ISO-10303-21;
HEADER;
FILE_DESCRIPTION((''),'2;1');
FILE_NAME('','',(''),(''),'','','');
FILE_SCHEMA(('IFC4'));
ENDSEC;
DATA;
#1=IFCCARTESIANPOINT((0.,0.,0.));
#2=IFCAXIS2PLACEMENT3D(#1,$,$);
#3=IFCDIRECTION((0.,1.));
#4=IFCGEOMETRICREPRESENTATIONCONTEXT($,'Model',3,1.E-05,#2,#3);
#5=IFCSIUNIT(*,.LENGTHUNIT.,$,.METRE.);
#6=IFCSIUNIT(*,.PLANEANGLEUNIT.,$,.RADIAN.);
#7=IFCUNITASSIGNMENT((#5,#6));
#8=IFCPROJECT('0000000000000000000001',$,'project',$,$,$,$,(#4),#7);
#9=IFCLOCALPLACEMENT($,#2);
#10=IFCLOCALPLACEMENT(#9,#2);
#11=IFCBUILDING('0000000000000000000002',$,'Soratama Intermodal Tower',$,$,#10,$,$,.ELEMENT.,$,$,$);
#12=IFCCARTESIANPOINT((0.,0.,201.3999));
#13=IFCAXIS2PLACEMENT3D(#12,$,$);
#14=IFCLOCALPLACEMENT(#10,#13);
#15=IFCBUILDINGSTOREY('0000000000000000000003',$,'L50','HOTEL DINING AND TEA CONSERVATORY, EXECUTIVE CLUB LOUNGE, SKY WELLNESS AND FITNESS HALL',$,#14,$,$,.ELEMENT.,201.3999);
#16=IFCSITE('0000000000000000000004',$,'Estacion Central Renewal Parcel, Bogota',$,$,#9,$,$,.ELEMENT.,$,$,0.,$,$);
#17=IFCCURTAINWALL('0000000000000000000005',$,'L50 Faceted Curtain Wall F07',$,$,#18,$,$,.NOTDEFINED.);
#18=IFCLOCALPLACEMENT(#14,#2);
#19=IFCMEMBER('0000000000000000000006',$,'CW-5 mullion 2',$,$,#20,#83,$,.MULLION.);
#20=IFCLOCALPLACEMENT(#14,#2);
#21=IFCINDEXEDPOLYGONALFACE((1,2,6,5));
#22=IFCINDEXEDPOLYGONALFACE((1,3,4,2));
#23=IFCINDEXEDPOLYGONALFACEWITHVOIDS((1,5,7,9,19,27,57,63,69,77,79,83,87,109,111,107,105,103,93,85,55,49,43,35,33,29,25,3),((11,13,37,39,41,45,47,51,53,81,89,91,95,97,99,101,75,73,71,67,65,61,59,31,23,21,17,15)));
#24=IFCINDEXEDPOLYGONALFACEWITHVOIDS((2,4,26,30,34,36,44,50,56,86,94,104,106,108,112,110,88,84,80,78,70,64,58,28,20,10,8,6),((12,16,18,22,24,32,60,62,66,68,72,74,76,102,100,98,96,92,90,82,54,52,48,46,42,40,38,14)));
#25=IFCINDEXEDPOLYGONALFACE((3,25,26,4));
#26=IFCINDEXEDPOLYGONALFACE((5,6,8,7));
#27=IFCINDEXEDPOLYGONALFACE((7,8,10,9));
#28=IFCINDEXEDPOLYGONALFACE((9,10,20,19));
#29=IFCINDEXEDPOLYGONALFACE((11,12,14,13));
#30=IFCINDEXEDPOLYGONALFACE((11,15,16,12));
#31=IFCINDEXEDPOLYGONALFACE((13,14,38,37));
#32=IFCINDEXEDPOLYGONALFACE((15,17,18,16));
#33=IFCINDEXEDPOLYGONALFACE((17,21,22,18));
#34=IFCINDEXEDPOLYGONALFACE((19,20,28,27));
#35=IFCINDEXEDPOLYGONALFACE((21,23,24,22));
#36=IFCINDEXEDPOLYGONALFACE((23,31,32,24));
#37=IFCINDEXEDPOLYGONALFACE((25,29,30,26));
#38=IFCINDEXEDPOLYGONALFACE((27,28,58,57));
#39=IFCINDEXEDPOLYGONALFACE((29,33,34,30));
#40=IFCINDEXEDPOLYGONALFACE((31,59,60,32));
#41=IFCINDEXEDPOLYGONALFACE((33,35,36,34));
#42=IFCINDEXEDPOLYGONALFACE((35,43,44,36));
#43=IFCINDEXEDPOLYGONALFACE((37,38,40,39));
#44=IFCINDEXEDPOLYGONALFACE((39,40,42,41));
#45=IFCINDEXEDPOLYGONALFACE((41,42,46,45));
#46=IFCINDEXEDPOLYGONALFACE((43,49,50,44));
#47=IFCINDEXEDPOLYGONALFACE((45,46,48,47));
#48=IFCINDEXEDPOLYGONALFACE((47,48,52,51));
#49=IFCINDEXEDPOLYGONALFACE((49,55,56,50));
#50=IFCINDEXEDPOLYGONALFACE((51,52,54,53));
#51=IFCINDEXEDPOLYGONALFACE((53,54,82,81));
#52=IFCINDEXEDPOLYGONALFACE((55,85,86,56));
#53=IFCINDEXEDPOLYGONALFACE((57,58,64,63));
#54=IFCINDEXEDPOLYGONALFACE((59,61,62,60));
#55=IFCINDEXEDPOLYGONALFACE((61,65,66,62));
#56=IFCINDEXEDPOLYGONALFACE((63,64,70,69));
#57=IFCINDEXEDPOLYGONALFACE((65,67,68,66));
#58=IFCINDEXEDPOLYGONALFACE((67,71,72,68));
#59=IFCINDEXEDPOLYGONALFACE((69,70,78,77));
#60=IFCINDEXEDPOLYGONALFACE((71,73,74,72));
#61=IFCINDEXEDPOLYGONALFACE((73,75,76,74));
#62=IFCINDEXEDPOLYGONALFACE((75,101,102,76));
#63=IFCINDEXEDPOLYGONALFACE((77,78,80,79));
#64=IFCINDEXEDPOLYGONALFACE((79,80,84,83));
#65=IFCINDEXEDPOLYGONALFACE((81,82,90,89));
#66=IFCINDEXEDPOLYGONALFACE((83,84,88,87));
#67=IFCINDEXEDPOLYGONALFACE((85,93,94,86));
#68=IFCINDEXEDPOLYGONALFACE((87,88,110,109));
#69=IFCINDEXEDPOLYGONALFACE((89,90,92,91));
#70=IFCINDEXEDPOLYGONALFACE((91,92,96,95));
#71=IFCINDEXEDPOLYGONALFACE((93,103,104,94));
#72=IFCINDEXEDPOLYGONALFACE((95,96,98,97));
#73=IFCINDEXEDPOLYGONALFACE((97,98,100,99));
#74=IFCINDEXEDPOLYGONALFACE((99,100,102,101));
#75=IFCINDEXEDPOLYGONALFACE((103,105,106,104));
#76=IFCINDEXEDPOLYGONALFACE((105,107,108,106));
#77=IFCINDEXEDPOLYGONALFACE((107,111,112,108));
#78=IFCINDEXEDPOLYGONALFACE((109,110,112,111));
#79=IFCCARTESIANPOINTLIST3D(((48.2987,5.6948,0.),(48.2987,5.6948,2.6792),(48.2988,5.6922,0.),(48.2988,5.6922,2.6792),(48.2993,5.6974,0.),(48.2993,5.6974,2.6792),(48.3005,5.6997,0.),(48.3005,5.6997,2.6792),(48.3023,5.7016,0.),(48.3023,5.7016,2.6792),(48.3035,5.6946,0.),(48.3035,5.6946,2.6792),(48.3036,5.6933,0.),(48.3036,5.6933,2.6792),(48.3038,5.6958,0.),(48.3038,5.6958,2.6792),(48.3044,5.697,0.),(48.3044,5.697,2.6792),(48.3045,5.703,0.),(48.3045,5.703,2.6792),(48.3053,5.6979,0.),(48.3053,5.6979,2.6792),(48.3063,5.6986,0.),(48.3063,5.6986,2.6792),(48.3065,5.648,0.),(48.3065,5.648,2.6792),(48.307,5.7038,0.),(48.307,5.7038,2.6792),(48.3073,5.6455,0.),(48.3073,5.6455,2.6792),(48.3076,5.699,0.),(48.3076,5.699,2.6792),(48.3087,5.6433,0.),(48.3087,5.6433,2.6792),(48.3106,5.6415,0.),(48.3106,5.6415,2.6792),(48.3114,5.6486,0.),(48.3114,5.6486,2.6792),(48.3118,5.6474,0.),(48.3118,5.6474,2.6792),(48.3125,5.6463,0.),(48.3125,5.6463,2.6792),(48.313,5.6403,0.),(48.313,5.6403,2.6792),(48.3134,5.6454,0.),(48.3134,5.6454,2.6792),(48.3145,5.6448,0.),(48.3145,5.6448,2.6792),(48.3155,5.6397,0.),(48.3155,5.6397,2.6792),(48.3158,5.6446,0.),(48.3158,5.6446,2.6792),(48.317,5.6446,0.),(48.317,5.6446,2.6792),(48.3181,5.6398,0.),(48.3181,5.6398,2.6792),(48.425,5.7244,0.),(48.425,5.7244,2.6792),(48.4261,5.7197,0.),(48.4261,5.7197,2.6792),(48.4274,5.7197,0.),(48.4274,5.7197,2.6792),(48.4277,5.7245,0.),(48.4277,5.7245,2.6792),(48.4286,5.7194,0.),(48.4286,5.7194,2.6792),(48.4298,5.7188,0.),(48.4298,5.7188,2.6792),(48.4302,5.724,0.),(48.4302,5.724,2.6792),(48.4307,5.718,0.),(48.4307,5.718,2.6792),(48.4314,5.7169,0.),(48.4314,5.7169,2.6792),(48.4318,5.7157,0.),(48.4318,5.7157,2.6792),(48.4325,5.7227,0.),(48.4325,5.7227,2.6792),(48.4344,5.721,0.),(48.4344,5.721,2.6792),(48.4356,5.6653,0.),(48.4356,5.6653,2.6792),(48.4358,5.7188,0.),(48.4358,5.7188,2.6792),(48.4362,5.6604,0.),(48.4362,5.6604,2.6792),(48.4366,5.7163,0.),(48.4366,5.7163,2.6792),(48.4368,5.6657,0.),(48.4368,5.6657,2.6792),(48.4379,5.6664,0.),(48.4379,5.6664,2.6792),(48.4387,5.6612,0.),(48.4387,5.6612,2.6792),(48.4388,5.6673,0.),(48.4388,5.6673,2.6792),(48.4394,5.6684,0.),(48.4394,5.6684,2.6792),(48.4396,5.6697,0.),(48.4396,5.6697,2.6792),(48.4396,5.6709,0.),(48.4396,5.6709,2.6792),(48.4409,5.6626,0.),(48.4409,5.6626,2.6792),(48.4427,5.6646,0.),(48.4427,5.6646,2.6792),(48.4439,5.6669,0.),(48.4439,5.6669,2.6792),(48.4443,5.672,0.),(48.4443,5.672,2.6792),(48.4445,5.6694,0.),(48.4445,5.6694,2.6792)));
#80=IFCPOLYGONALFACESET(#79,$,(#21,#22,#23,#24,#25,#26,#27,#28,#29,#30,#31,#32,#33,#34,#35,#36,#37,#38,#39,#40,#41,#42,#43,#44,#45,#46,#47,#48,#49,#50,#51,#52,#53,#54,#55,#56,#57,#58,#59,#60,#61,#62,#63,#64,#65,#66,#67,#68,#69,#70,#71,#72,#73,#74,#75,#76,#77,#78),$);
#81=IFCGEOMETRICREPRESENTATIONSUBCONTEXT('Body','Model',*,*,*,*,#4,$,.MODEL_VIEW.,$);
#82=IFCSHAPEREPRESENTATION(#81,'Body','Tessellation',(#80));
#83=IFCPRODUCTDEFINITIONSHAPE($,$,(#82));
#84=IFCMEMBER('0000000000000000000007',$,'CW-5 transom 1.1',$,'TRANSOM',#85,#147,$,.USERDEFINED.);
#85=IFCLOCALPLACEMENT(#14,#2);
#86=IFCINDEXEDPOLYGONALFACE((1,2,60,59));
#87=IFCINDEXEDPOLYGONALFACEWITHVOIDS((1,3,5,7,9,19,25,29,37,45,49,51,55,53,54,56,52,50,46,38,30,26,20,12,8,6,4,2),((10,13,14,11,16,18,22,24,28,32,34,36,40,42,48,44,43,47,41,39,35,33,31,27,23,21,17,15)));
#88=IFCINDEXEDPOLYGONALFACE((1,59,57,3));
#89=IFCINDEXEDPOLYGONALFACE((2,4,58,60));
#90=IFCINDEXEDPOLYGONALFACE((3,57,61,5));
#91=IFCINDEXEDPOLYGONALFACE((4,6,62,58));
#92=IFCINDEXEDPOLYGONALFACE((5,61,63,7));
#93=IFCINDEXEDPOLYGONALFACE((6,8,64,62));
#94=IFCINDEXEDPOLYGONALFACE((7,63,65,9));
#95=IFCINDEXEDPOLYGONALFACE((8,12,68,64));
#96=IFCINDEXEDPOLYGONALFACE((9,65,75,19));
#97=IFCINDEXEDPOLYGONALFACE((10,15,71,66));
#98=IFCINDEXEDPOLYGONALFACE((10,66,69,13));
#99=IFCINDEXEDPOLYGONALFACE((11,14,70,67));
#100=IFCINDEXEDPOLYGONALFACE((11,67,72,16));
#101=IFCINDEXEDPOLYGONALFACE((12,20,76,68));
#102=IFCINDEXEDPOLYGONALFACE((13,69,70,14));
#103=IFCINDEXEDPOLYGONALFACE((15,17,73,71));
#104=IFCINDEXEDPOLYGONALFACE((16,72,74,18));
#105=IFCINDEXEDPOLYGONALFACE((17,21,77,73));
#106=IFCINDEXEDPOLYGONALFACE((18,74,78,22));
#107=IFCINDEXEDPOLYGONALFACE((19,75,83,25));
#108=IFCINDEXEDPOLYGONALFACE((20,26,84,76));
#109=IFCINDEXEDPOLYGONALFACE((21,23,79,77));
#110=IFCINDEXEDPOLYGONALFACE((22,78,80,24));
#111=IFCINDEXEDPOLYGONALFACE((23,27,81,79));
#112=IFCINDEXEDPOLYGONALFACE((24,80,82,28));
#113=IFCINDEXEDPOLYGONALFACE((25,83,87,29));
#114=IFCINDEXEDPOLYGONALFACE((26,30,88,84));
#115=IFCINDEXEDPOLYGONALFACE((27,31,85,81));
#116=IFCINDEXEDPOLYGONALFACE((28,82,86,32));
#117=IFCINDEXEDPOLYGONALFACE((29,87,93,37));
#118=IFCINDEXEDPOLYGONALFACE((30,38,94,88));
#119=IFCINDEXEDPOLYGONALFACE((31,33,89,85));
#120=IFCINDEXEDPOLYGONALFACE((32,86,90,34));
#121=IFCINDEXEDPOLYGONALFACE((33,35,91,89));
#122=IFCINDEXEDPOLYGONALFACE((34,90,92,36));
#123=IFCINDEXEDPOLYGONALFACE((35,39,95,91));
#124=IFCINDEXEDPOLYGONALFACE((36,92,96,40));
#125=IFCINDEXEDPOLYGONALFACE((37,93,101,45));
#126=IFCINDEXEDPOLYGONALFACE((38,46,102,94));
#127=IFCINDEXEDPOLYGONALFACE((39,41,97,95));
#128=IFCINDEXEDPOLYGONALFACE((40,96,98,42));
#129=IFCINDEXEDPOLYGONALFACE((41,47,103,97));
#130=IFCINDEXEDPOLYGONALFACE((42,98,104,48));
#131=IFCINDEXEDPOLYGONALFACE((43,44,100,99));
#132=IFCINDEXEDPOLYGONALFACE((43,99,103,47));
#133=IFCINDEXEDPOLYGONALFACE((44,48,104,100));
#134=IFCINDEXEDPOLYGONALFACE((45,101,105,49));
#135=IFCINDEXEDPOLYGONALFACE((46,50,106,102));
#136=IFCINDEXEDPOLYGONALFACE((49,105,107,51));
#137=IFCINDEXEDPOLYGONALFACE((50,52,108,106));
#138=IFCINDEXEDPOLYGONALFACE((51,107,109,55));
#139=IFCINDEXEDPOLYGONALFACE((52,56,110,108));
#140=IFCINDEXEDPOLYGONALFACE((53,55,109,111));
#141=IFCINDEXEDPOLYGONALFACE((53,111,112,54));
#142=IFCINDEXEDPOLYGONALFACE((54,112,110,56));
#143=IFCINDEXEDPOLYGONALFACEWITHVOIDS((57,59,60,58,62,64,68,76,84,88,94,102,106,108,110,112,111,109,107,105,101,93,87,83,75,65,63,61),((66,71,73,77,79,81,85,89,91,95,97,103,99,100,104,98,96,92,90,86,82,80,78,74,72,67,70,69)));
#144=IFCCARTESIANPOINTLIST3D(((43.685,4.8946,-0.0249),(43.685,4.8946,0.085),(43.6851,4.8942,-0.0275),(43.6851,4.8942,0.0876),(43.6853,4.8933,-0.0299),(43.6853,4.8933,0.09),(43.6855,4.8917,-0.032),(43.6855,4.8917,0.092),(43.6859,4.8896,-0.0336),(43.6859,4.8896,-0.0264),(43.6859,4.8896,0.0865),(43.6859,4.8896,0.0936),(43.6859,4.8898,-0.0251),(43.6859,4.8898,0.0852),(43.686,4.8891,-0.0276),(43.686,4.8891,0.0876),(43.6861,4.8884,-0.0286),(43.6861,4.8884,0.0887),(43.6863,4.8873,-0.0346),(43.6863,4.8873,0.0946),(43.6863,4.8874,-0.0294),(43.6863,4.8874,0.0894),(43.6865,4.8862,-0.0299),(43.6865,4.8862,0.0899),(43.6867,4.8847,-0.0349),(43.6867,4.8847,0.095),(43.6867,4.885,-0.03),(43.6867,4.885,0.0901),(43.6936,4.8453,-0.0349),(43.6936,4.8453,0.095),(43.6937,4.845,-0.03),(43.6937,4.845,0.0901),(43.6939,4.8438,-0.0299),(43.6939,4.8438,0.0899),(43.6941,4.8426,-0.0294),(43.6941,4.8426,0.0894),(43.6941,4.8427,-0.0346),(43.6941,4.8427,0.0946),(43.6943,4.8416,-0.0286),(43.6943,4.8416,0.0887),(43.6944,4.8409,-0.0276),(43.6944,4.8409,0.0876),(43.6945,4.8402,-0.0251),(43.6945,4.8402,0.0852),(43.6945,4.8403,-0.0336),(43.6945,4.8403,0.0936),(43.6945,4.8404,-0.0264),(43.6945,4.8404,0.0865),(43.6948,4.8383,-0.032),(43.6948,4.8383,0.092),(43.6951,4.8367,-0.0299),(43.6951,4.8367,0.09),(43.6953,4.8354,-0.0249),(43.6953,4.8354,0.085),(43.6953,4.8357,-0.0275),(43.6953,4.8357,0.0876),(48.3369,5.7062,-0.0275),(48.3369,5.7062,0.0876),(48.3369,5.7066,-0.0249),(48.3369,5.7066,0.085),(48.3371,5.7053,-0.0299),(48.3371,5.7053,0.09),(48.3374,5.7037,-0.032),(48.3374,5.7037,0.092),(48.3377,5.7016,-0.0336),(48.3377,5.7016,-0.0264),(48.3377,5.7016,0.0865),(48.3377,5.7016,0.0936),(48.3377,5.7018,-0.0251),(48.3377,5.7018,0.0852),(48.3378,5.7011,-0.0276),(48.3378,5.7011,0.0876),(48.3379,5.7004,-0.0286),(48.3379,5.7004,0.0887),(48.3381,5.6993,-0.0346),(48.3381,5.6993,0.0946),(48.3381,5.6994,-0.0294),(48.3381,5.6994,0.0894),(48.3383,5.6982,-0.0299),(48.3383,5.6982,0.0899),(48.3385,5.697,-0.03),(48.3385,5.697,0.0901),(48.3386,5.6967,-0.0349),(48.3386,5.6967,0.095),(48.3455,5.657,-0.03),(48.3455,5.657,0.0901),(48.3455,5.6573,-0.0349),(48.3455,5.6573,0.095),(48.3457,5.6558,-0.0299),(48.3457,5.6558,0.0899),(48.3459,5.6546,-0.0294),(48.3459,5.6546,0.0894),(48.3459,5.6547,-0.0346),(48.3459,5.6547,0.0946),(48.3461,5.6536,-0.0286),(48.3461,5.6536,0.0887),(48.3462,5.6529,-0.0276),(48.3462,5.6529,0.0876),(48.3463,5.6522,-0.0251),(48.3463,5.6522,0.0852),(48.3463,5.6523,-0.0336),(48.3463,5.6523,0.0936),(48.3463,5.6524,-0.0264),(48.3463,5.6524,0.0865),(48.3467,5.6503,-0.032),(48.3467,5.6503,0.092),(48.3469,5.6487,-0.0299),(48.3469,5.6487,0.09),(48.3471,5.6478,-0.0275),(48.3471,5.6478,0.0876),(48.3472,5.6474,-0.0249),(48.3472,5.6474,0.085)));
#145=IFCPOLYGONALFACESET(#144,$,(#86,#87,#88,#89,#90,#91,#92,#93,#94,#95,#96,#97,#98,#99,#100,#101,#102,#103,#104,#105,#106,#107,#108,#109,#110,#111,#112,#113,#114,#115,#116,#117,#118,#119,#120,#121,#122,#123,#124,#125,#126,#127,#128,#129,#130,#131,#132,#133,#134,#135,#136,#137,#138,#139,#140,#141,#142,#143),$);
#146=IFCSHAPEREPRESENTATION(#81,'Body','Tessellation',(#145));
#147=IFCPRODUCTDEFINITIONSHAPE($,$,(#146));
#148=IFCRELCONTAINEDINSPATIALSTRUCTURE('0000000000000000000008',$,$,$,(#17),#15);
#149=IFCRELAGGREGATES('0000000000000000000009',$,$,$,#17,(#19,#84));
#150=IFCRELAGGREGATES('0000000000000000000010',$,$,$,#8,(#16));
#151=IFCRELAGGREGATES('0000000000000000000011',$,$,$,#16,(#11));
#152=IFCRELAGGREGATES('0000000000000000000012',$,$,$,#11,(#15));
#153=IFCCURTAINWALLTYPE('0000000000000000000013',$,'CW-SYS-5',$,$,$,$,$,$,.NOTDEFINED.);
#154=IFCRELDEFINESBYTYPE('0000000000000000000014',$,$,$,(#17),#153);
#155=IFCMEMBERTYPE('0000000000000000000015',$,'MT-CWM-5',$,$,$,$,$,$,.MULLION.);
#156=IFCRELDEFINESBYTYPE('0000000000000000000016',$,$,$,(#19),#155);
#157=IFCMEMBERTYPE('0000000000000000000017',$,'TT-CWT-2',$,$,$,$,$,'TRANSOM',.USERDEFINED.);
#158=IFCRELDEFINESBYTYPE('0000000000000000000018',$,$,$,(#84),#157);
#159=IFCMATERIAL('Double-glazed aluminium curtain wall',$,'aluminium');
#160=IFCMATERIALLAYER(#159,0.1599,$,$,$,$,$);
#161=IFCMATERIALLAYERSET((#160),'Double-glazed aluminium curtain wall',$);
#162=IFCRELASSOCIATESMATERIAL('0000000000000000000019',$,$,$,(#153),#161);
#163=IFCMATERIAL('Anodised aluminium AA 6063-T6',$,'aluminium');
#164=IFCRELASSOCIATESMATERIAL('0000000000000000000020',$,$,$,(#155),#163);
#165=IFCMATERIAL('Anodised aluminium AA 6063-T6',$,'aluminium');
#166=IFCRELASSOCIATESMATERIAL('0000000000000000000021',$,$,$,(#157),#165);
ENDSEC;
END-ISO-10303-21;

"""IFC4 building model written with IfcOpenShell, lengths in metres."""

from ifc_helpers import new_model, si_unit, direction, frame, origin, origin_2d, place, context, subcontext, project, spatial, hollow_rectangle, extrude, material, layer, layer_set, material_profile, profile_set, type_object, element, aggregate, save


model = new_model("IFC4")

# Units and contexts
model_context = context("Model", 3, precision=1e-05, world=origin(), true_north=direction((0.0, 1.0)))
body_context = subcontext(model_context, "Body", "Model", "MODEL_VIEW")
ifc_project = project(units=[si_unit("LENGTHUNIT", "METRE"), si_unit("PLANEANGLEUNIT", "RADIAN")], contexts=[model_context])

# Site, building, storey
site_placement = place(None, origin())
site = spatial("IfcSite", under=ifc_project, at=site_placement, Name="Estacion Central Renewal Parcel, Bogota", CompositionType="ELEMENT", RefElevation=0.0)
building_placement = place(site_placement, origin())
building = spatial("IfcBuilding", under=site, at=building_placement, Name="Soratama Intermodal Tower", CompositionType="ELEMENT")
storey_placement = place(building_placement, frame((0.0, 0.0, 201.3999)))
storey = spatial("IfcBuildingStorey", under=building, at=storey_placement, Name="L50", Description="HOTEL DINING AND TEA CONSERVATORY, EXECUTIVE CLUB LOUNGE, SKY WELLNESS AND FITNESS HALL", CompositionType="ELEMENT", Elevation=201.3999)

# Shared definitions
ifc_material_1 = material(Name="Double-glazed aluminium curtain wall", Category="aluminium")
ifc_layer_1 = layer(ifc_material_1, 0.1599)
ifc_layer_set_1 = layer_set([ifc_layer_1], Name="Double-glazed aluminium curtain wall")
curtain_wall_type = type_object("IfcCurtainWallType", Name="CW-SYS-5", PredefinedType="NOTDEFINED", material=ifc_layer_set_1)
ifc_material_2 = material(Name="Anodised aluminium AA 6063-T6", Category="aluminium")
ifc_material_profile_1 = material_profile(ifc_material_2, hollow_rectangle(XDim=0.0649, YDim=0.1399, WallThickness=0.0049, InnerFilletRadius=0.0049, OuterFilletRadius=0.01, at=origin_2d()), Name="CWM140X65X5")
ifc_profile_set_1 = profile_set([ifc_material_profile_1], Name="Anodised aluminium AA 6063-T6")
member_type_1 = type_object("IfcMemberType", Name="MT-CWM-5", PredefinedType="MULLION", material=ifc_profile_set_1)

# Curtain wall, members
curtain_wall_1_placement = place(storey_placement, origin())
curtain_wall_1 = element("IfcCurtainWall", 1, at=curtain_wall_1_placement, inside=storey, type_object=curtain_wall_type, Name="L50 Faceted Curtain Wall F07", PredefinedType="NOTDEFINED")
member_1_placement = place(storey_placement, frame((48.3716, 5.6821, 0.0), z_axis=(0.0, 0.0, 1.0), x_axis=(-0.171933, 0.985109, 0.0)))
member_1 = element("IfcMember", 2, at=member_1_placement, type_object=member_type_1, Name="CW-5 mullion 2", PredefinedType="MULLION", context=body_context, shape_type="SweptSolid", body=[
    extrude(hollow_rectangle(XDim=0.0649, YDim=0.1399, WallThickness=0.0049, InnerFilletRadius=0.0049, OuterFilletRadius=0.01, at=origin_2d()), origin(), (0.0, 0.0, 1.0), 2.6792),
])
ifc_material_3 = material(Name="Anodised aluminium AA 6063-T6", Category="aluminium")
ifc_material_profile_2 = material_profile(ifc_material_3, hollow_rectangle(XDim=0.0601, YDim=0.1299, WallThickness=0.0049, InnerFilletRadius=0.0049, OuterFilletRadius=0.01, at=origin_2d()), Name="CWT130X60X5")
ifc_profile_set_2 = profile_set([ifc_material_profile_2], Name="Anodised aluminium AA 6063-T6")
member_type_2 = type_object("IfcMemberType", Name="TT-CWT-2", ElementType="TRANSOM", PredefinedType="USERDEFINED", material=ifc_profile_set_2)
member_2_placement = place(storey_placement, frame((43.6902, 4.865, 0.03), z_axis=(0.985105, 0.171956, 0.0), x_axis=(-0.171956, 0.985105, 0.0)))
member_2 = element("IfcMember", 3, at=member_2_placement, type_object=member_type_2, Name="CW-5 transom 1.1", ObjectType="TRANSOM", PredefinedType="USERDEFINED", context=body_context, shape_type="SweptSolid", body=[
    extrude(hollow_rectangle(XDim=0.0601, YDim=0.1299, WallThickness=0.0049, InnerFilletRadius=0.0049, OuterFilletRadius=0.01, at=origin_2d()), origin(), (0.0, 0.0, 1.0), 4.7222),
])
aggregate(curtain_wall_1, [member_1, member_2])

save(model, "model.ifc")
